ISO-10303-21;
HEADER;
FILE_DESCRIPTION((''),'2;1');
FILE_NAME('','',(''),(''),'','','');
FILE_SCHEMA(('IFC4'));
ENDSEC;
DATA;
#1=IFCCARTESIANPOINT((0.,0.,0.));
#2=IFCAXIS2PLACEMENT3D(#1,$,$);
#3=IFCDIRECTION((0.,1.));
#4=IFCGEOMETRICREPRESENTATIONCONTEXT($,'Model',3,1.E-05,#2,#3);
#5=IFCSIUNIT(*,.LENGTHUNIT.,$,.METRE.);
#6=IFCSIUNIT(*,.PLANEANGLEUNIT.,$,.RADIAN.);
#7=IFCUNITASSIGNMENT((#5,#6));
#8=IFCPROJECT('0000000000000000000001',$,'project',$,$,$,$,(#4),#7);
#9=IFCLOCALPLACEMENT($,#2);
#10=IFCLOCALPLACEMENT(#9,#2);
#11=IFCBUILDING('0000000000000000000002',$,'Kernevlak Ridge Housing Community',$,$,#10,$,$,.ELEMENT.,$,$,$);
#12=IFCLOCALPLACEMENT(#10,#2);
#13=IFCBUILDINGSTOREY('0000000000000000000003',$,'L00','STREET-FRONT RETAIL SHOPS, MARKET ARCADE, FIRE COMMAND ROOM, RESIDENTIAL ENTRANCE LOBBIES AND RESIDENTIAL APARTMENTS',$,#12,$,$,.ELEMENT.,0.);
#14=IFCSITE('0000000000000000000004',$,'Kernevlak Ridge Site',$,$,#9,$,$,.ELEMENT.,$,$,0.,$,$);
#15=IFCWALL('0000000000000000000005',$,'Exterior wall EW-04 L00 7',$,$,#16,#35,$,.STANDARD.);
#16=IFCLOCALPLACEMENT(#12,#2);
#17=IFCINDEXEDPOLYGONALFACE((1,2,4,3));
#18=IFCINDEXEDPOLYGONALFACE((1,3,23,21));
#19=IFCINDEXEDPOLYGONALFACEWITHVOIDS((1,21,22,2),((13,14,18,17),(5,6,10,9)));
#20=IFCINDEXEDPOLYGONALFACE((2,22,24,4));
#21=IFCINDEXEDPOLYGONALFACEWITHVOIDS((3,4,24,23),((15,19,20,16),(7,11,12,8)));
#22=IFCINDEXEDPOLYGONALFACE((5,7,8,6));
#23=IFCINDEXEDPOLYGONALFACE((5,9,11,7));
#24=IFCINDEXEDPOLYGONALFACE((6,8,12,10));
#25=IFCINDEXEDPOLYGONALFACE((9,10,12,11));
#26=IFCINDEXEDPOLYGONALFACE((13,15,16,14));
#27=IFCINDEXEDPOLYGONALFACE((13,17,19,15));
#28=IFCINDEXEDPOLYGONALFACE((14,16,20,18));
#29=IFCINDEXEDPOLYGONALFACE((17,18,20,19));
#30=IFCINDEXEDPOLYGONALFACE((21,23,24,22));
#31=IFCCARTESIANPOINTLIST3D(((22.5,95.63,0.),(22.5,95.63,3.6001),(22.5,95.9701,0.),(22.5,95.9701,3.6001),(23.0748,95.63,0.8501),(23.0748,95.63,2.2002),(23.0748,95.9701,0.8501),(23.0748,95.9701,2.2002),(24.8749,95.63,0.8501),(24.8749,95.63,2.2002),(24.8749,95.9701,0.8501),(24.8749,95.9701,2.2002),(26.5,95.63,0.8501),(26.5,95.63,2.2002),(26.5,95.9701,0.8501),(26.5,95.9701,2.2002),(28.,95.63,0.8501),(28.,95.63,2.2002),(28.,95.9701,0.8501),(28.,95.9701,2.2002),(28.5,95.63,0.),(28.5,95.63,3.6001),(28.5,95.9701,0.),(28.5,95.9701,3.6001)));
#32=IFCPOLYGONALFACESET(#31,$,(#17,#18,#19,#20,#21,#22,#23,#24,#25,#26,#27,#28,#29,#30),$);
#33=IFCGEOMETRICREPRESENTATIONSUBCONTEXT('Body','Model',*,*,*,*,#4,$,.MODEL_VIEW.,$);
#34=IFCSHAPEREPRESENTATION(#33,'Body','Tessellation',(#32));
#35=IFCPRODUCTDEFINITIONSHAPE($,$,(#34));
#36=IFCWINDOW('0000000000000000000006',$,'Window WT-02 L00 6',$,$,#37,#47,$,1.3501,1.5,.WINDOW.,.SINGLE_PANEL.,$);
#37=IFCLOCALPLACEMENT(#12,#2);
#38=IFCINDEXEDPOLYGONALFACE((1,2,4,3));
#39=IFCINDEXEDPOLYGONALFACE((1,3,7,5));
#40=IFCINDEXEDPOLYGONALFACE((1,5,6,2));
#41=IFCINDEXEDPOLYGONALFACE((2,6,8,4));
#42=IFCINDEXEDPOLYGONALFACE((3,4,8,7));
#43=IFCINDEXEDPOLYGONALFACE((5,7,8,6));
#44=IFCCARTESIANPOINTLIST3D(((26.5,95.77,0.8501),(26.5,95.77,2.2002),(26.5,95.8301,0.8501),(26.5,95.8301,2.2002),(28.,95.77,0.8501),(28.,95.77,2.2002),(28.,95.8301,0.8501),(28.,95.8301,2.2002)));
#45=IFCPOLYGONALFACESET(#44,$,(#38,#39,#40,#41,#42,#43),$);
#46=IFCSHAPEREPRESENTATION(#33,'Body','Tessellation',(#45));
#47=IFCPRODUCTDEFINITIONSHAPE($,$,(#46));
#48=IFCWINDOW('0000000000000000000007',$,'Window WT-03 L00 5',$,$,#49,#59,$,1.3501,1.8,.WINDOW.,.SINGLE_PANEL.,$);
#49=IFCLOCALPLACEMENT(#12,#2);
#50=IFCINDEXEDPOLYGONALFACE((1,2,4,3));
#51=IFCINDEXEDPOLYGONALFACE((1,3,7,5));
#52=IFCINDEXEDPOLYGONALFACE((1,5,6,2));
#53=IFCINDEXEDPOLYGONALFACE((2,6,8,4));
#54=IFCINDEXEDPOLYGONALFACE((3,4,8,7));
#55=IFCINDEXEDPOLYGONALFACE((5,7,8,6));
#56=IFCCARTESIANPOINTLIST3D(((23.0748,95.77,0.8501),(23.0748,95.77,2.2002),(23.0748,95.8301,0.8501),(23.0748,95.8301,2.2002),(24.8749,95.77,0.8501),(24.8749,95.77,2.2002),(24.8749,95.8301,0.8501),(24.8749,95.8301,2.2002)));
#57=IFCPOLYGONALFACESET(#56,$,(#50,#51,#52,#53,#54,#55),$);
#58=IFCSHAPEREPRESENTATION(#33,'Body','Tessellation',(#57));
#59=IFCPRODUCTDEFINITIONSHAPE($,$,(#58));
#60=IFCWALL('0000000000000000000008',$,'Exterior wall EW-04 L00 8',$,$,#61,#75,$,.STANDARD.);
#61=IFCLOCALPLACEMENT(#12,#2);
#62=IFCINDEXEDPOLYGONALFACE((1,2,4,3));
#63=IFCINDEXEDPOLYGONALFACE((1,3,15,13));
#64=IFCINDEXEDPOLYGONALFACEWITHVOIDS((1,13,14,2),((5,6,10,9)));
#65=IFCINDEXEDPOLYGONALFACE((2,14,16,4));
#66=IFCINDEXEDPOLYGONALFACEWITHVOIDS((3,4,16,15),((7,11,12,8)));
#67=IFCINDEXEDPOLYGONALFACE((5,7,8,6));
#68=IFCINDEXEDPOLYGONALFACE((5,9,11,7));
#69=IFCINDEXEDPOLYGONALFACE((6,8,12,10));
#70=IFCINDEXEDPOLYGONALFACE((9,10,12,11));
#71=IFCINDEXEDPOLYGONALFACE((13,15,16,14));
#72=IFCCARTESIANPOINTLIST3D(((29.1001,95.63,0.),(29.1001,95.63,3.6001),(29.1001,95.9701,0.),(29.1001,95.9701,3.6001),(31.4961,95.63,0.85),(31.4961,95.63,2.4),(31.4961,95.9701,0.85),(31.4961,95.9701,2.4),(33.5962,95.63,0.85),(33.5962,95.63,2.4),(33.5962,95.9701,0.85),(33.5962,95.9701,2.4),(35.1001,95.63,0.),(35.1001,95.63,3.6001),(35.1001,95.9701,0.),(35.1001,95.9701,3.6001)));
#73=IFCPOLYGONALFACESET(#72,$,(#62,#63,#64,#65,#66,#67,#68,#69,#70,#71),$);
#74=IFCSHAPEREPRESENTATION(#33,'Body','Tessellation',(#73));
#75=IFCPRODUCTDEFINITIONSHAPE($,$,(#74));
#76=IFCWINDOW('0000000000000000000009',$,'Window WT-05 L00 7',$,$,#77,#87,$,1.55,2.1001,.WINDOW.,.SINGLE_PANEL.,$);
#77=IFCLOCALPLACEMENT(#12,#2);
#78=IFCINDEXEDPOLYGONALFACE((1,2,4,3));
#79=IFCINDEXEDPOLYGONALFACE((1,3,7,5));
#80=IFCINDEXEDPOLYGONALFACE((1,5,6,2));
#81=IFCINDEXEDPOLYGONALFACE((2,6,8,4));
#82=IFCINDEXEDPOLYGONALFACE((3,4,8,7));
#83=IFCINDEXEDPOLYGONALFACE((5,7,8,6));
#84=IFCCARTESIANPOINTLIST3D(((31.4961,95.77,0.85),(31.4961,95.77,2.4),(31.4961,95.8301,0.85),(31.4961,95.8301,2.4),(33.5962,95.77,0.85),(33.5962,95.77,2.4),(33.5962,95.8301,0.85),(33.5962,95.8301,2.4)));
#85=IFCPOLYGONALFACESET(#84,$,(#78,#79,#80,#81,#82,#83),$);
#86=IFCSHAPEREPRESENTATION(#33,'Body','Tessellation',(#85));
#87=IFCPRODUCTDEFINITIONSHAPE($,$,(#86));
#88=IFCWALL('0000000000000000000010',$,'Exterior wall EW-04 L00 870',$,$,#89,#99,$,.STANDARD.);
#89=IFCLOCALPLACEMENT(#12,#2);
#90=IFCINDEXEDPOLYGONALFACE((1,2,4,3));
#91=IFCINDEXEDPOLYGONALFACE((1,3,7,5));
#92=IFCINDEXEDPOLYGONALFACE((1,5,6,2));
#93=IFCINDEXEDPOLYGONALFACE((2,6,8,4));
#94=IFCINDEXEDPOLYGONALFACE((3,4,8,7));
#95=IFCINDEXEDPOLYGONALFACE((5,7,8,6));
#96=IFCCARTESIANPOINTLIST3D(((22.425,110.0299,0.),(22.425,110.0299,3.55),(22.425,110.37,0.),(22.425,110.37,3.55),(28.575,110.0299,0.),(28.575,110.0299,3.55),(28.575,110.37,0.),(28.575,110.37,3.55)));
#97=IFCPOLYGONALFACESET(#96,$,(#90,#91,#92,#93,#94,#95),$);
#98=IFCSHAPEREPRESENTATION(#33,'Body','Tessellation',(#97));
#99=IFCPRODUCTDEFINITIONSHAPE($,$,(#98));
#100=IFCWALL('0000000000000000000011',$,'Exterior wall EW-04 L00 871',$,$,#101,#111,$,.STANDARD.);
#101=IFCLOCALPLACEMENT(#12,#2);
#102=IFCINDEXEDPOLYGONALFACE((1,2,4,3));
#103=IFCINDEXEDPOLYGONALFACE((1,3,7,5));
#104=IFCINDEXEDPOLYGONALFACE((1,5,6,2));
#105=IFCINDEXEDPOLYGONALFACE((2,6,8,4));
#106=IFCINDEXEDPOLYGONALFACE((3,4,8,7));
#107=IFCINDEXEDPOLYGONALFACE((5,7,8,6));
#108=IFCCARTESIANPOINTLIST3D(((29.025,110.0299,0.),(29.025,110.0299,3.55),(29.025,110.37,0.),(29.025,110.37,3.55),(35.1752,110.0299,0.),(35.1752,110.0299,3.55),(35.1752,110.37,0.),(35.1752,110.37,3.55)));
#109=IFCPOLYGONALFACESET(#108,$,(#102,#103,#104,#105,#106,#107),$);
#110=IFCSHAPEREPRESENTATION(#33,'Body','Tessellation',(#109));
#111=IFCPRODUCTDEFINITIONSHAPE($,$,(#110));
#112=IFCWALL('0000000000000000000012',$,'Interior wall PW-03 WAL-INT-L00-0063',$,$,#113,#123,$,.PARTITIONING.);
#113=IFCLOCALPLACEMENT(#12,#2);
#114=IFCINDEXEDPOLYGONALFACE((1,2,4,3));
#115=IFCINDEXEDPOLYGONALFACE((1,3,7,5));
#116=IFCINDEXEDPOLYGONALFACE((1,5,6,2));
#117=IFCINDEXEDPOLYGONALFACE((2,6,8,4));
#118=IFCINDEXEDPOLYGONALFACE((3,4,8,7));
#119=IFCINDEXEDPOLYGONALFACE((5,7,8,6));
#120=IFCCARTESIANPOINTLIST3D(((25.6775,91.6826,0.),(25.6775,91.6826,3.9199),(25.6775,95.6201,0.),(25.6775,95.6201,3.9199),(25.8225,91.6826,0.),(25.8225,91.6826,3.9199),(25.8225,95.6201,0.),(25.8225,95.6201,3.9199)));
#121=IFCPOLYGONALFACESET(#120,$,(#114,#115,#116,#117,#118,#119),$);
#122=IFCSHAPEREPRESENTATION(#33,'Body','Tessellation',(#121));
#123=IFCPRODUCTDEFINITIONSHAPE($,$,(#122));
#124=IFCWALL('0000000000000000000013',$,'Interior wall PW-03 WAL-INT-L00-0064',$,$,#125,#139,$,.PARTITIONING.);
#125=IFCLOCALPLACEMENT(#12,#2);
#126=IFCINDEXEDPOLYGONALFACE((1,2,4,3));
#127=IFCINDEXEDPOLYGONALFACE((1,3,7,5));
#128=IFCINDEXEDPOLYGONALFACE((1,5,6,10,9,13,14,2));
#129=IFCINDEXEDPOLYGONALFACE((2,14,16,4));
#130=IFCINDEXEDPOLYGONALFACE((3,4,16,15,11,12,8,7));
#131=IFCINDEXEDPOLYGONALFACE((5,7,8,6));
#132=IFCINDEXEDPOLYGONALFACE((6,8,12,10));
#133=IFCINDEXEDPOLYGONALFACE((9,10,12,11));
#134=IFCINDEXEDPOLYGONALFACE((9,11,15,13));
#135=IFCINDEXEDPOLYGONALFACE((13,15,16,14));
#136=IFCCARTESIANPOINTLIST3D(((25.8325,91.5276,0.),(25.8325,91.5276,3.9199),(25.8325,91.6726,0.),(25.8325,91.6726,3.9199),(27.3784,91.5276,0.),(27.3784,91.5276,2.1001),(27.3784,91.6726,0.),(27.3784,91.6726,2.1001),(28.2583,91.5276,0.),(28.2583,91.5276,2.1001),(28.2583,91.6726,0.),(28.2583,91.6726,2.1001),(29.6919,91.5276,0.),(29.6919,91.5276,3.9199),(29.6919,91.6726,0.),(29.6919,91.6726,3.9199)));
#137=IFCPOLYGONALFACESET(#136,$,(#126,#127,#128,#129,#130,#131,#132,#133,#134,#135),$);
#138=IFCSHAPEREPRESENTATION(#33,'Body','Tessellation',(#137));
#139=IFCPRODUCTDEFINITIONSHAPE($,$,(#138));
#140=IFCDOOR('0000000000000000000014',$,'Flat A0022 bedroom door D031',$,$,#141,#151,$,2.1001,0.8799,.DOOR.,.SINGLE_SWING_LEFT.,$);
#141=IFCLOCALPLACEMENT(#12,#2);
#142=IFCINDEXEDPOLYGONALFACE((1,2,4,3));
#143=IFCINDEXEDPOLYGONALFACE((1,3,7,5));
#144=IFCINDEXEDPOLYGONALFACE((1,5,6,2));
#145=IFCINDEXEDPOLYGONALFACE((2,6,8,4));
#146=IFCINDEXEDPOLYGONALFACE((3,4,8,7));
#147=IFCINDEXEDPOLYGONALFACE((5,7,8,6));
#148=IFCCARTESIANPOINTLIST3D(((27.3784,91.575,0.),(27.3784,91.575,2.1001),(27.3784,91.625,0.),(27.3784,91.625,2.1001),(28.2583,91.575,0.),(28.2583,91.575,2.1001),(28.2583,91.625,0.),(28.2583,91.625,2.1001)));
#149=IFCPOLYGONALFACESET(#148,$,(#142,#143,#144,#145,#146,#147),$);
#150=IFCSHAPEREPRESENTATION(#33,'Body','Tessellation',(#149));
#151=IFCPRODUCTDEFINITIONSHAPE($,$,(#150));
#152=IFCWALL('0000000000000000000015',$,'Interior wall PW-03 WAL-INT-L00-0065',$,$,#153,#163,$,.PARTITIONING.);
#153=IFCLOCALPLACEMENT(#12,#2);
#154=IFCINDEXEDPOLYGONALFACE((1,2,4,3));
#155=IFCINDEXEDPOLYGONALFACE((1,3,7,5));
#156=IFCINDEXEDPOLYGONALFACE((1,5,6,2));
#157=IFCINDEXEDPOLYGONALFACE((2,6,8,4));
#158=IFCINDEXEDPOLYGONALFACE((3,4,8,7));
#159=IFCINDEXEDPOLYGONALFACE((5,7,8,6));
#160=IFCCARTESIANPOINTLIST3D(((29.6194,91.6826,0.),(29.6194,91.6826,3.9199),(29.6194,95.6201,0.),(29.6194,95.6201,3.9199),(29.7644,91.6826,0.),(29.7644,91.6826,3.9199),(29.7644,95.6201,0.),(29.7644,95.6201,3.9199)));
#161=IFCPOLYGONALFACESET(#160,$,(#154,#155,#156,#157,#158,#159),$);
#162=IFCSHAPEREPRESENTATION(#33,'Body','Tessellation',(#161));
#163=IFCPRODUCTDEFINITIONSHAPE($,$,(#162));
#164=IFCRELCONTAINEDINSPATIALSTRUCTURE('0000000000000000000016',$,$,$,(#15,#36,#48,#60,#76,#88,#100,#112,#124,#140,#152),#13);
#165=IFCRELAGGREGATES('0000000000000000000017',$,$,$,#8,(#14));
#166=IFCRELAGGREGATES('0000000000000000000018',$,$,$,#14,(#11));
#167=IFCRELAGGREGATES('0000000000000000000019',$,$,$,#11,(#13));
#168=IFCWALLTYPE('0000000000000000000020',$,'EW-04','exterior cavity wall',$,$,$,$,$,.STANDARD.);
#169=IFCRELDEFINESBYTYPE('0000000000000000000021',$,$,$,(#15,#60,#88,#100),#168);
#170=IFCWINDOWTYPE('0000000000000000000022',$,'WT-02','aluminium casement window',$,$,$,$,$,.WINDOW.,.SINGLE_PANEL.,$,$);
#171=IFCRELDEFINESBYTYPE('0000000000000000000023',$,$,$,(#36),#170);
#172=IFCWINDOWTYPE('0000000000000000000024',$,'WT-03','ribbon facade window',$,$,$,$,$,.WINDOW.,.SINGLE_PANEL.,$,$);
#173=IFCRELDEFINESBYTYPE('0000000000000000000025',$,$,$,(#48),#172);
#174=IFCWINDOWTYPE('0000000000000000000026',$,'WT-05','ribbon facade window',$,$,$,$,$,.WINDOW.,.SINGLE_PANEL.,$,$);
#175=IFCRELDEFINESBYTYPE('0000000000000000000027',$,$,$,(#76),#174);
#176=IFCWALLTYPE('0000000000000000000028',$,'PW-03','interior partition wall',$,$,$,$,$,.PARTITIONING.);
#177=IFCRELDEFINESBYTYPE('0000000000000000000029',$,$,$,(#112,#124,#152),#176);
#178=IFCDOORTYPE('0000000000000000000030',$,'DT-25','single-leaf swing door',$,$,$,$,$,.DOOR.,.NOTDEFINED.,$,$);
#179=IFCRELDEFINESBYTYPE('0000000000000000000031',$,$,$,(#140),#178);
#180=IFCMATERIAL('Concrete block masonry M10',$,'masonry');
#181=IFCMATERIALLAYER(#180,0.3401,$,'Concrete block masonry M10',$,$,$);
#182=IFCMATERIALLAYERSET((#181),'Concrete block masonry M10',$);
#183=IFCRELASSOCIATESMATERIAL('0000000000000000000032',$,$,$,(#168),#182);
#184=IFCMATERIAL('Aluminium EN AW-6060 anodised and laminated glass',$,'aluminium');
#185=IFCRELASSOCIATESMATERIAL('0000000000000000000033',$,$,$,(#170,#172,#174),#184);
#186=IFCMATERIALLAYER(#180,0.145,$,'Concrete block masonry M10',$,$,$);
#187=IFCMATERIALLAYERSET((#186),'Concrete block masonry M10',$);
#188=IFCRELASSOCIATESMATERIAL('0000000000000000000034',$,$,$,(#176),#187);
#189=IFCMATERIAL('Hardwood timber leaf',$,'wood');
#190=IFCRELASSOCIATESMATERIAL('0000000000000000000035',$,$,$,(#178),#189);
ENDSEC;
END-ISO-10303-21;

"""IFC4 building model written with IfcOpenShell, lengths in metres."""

from ifc_helpers import new_model, si_unit, direction, frame, frame_2d, origin, place, context, subcontext, project, spatial, rectangle, extrude, material, layer, layer_set, type_object, element, fill, save


model = new_model("IFC4")

# Units and contexts
model_context = context("Model", 3, precision=1e-05, world=origin(), true_north=direction((0.0, 1.0)))
body_context = subcontext(model_context, "Body", "Model", "MODEL_VIEW")
ifc_project = project(units=[si_unit("LENGTHUNIT", "METRE"), si_unit("PLANEANGLEUNIT", "RADIAN")], contexts=[model_context])

# Site, building, storey
site_placement = place(None, origin())
site = spatial("IfcSite", under=ifc_project, at=site_placement, Name="Kernevlak Ridge Site", CompositionType="ELEMENT", RefElevation=0.0)
building_placement = place(site_placement, origin())
building = spatial("IfcBuilding", under=site, at=building_placement, Name="Kernevlak Ridge Housing Community", CompositionType="ELEMENT")
storey_placement = place(building_placement, origin())
storey = spatial("IfcBuildingStorey", under=building, at=storey_placement, Name="L00", Description="STREET-FRONT RETAIL SHOPS, MARKET ARCADE, FIRE COMMAND ROOM, RESIDENTIAL ENTRANCE LOBBIES AND RESIDENTIAL APARTMENTS", CompositionType="ELEMENT", Elevation=0.0)

# Wall, openings, windows
ifc_material_1 = material(Name="Concrete block masonry M10", Category="masonry")
ifc_layer_1 = layer(ifc_material_1, 0.3401, Name="Concrete block masonry M10")
ifc_layer_set_1 = layer_set([ifc_layer_1], Name="Concrete block masonry M10")
wall_type_1 = type_object("IfcWallType", Name="EW-04", Description="exterior cavity wall", PredefinedType="STANDARD", material=ifc_layer_set_1)
wall_1_placement = place(storey_placement, frame((22.5, 95.8, 0.0), z_axis=(0.0, 0.0, 1.0), x_axis=(1.0, 0.0, 0.0)))
wall_1 = element("IfcWall", 1, at=wall_1_placement, inside=storey, type_object=wall_type_1, Name="Exterior wall EW-04 L00 7", PredefinedType="STANDARD", context=body_context, shape_type="SweptSolid", body=[
    extrude(rectangle(XDim=6.0, YDim=0.3401, at=frame_2d((3.0, 0.0))), origin(), (0.0, 0.0, 1.0), 3.6001),
])
opening_1_placement = place(wall_1_placement, frame((0.575, 0.0, 0.8501)))
opening_1 = element("IfcOpeningElement", 2, at=opening_1_placement, cuts=wall_1, PredefinedType="OPENING", context=body_context, shape_type="SweptSolid", body=[
    extrude(rectangle(XDim=1.8, YDim=1.3501, at=frame_2d((0.8999, 0.675))), frame((0.0, 0.1799, 0.0), z_axis=(0.0, -1.0, 0.0), x_axis=(1.0, 0.0, 0.0)), (0.0, 0.0, 1.0), 0.3601),
])
opening_2_placement = place(wall_1_placement, frame((4.0, 0.0, 0.8501)))
opening_2 = element("IfcOpeningElement", 3, at=opening_2_placement, cuts=wall_1, PredefinedType="OPENING", context=body_context, shape_type="SweptSolid", body=[
    extrude(rectangle(XDim=1.5, YDim=1.3501, at=frame_2d((0.75, 0.675))), frame((0.0, 0.1799, 0.0), z_axis=(0.0, -1.0, 0.0), x_axis=(1.0, 0.0, 0.0)), (0.0, 0.0, 1.0), 0.3601),
])
ifc_material_2 = material(Name="Aluminium EN AW-6060 anodised and laminated glass", Category="aluminium")
window_type_1 = type_object("IfcWindowType", Name="WT-02", Description="aluminium casement window", PartitioningType="SINGLE_PANEL", PredefinedType="WINDOW", material=ifc_material_2)
window_1_placement = place(opening_2_placement, origin())
window_1 = element("IfcWindow", 4, at=window_1_placement, inside=storey, type_object=window_type_1, Name="Window WT-02 L00 6", OverallHeight=1.3501, OverallWidth=1.5, PartitioningType="SINGLE_PANEL", PredefinedType="WINDOW", context=body_context, shape_type="SweptSolid", body=[
    extrude(rectangle(XDim=1.5, YDim=1.3501, at=frame_2d((0.75, 0.675))), frame((0.0, 0.03, 0.0), z_axis=(0.0, -1.0, 0.0), x_axis=(1.0, 0.0, 0.0)), (0.0, 0.0, 1.0), 0.0601),
])
fill(opening_2, window_1)
window_type_2 = type_object("IfcWindowType", Name="WT-03", Description="ribbon facade window", PartitioningType="SINGLE_PANEL", PredefinedType="WINDOW", material=ifc_material_2)
window_2_placement = place(opening_1_placement, origin())
window_2 = element("IfcWindow", 5, at=window_2_placement, inside=storey, type_object=window_type_2, Name="Window WT-03 L00 5", OverallHeight=1.3501, OverallWidth=1.8, PartitioningType="SINGLE_PANEL", PredefinedType="WINDOW", context=body_context, shape_type="SweptSolid", body=[
    extrude(rectangle(XDim=1.8, YDim=1.3501, at=frame_2d((0.8999, 0.675))), frame((0.0, 0.03, 0.0), z_axis=(0.0, -1.0, 0.0), x_axis=(1.0, 0.0, 0.0)), (0.0, 0.0, 1.0), 0.0601),
])
fill(opening_1, window_2)

# Wall, opening, window
wall_2_placement = place(storey_placement, frame((29.1001, 95.8, 0.0), z_axis=(0.0, 0.0, 1.0), x_axis=(1.0, 0.0, 0.0)))
wall_2 = element("IfcWall", 6, at=wall_2_placement, inside=storey, type_object=wall_type_1, Name="Exterior wall EW-04 L00 8", PredefinedType="STANDARD", context=body_context, shape_type="SweptSolid", body=[
    extrude(rectangle(XDim=6.0, YDim=0.3401, at=frame_2d((3.0, 0.0))), origin(), (0.0, 0.0, 1.0), 3.6001),
])
opening_3_placement = place(wall_2_placement, frame((2.396, 0.0, 0.8501)))
opening_3 = element("IfcOpeningElement", 7, at=opening_3_placement, cuts=wall_2, PredefinedType="OPENING", context=body_context, shape_type="SweptSolid", body=[
    extrude(rectangle(XDim=2.1001, YDim=1.55, at=frame_2d((1.05, 0.7749))), frame((0.0, 0.1799, 0.0), z_axis=(0.0, -1.0, 0.0), x_axis=(1.0, 0.0, 0.0)), (0.0, 0.0, 1.0), 0.3601),
])
window_type_3 = type_object("IfcWindowType", Name="WT-05", Description="ribbon facade window", PartitioningType="SINGLE_PANEL", PredefinedType="WINDOW", material=ifc_material_2)
window_3_placement = place(opening_3_placement, origin())
window_3 = element("IfcWindow", 8, at=window_3_placement, inside=storey, type_object=window_type_3, Name="Window WT-05 L00 7", OverallHeight=1.55, OverallWidth=2.1001, PartitioningType="SINGLE_PANEL", PredefinedType="WINDOW", context=body_context, shape_type="SweptSolid", body=[
    extrude(rectangle(XDim=2.1001, YDim=1.55, at=frame_2d((1.05, 0.7749))), frame((0.0, 0.03, 0.0), z_axis=(0.0, -1.0, 0.0), x_axis=(1.0, 0.0, 0.0)), (0.0, 0.0, 1.0), 0.0601),
])
fill(opening_3, window_3)

# Walls
wall_3_placement = place(storey_placement, frame((22.425, 110.2, 0.0), z_axis=(0.0, 0.0, 1.0), x_axis=(1.0, 0.0, 0.0)))
element("IfcWall", 9, at=wall_3_placement, inside=storey, type_object=wall_type_1, Name="Exterior wall EW-04 L00 870", PredefinedType="STANDARD", context=body_context, shape_type="SweptSolid", body=[
    extrude(rectangle(XDim=6.1499, YDim=0.3401, at=frame_2d((3.075, 0.0))), origin(), (0.0, 0.0, 1.0), 3.55),
])
wall_4_placement = place(storey_placement, frame((29.0249, 110.2, 0.0), z_axis=(0.0, 0.0, 1.0), x_axis=(1.0, 0.0, 0.0)))
element("IfcWall", 10, at=wall_4_placement, inside=storey, type_object=wall_type_1, Name="Exterior wall EW-04 L00 871", PredefinedType="STANDARD", context=body_context, shape_type="SweptSolid", body=[
    extrude(rectangle(XDim=6.1501, YDim=0.3401, at=frame_2d((3.0752, 0.0))), origin(), (0.0, 0.0, 1.0), 3.55),
])

# Shared definitions
ifc_layer_2 = layer(ifc_material_1, 0.145, Name="Concrete block masonry M10")
ifc_layer_set_2 = layer_set([ifc_layer_2], Name="Concrete block masonry M10")
wall_type_2 = type_object("IfcWallType", Name="PW-03", Description="interior partition wall", PredefinedType="PARTITIONING", material=ifc_layer_set_2)
ifc_material_3 = material(Name="Hardwood timber leaf", Category="wood")

# Wall
wall_5_placement = place(storey_placement, frame((25.75, 91.6826, 0.0), z_axis=(0.0, 0.0, 1.0), x_axis=(0.0, 1.0, 0.0)))
element("IfcWall", 11, at=wall_5_placement, inside=storey, type_object=wall_type_2, Name="Interior wall PW-03 WAL-INT-L00-0063", PredefinedType="PARTITIONING", context=body_context, shape_type="SweptSolid", body=[
    extrude(rectangle(XDim=3.9375, YDim=0.145, at=frame_2d((1.9688, 0.0))), origin(), (0.0, 0.0, 1.0), 3.9199),
])

# Wall, opening, door
wall_6_placement = place(storey_placement, frame((25.8325, 91.6001, 0.0), z_axis=(0.0, 0.0, 1.0), x_axis=(1.0, 0.0, 0.0)))
wall_6 = element("IfcWall", 12, at=wall_6_placement, inside=storey, type_object=wall_type_2, Name="Interior wall PW-03 WAL-INT-L00-0064", PredefinedType="PARTITIONING", context=body_context, shape_type="SweptSolid", body=[
    extrude(rectangle(XDim=3.8594, YDim=0.145, at=frame_2d((1.9297, 0.0))), origin(), (0.0, 0.0, 1.0), 3.9199),
])
opening_4_placement = place(wall_6_placement, frame((1.5459, 0.0, 0.0)))
opening_4 = element("IfcOpeningElement", 13, at=opening_4_placement, cuts=wall_6, PredefinedType="OPENING", context=body_context, shape_type="SweptSolid", body=[
    extrude(rectangle(XDim=0.8799, YDim=2.1001, at=frame_2d((0.4399, 1.05))), frame((0.0, 0.0825, 0.0), z_axis=(0.0, -1.0, 0.0), x_axis=(1.0, 0.0, 0.0)), (0.0, 0.0, 1.0), 0.165),
])
door_type_1 = type_object("IfcDoorType", Name="DT-25", Description="single-leaf swing door", OperationType="NOTDEFINED", PredefinedType="DOOR", material=ifc_material_3)
door_1_placement = place(opening_4_placement, origin())
door_1 = element("IfcDoor", 14, at=door_1_placement, inside=storey, type_object=door_type_1, Name="Flat A0022 bedroom door D031", OperationType="SINGLE_SWING_LEFT", OverallHeight=2.1001, OverallWidth=0.8799, PredefinedType="DOOR", context=body_context, shape_type="SweptSolid", body=[
    extrude(rectangle(XDim=0.8799, YDim=2.1001, at=frame_2d((0.4399, 1.05))), frame((0.0, 0.0249, 0.0), z_axis=(0.0, -1.0, 0.0), x_axis=(1.0, 0.0, 0.0)), (0.0, 0.0, 1.0), 0.05),
])
fill(opening_4, door_1)

# Wall
wall_7_placement = place(storey_placement, frame((29.6919, 91.6826, 0.0), z_axis=(0.0, 0.0, 1.0), x_axis=(0.0, 1.0, 0.0)))
element("IfcWall", 15, at=wall_7_placement, inside=storey, type_object=wall_type_2, Name="Interior wall PW-03 WAL-INT-L00-0065", PredefinedType="PARTITIONING", context=body_context, shape_type="SweptSolid", body=[
    extrude(rectangle(XDim=3.9375, YDim=0.145, at=frame_2d((1.9688, 0.0))), origin(), (0.0, 0.0, 1.0), 3.9199),
])

save(model, "model.ifc")
